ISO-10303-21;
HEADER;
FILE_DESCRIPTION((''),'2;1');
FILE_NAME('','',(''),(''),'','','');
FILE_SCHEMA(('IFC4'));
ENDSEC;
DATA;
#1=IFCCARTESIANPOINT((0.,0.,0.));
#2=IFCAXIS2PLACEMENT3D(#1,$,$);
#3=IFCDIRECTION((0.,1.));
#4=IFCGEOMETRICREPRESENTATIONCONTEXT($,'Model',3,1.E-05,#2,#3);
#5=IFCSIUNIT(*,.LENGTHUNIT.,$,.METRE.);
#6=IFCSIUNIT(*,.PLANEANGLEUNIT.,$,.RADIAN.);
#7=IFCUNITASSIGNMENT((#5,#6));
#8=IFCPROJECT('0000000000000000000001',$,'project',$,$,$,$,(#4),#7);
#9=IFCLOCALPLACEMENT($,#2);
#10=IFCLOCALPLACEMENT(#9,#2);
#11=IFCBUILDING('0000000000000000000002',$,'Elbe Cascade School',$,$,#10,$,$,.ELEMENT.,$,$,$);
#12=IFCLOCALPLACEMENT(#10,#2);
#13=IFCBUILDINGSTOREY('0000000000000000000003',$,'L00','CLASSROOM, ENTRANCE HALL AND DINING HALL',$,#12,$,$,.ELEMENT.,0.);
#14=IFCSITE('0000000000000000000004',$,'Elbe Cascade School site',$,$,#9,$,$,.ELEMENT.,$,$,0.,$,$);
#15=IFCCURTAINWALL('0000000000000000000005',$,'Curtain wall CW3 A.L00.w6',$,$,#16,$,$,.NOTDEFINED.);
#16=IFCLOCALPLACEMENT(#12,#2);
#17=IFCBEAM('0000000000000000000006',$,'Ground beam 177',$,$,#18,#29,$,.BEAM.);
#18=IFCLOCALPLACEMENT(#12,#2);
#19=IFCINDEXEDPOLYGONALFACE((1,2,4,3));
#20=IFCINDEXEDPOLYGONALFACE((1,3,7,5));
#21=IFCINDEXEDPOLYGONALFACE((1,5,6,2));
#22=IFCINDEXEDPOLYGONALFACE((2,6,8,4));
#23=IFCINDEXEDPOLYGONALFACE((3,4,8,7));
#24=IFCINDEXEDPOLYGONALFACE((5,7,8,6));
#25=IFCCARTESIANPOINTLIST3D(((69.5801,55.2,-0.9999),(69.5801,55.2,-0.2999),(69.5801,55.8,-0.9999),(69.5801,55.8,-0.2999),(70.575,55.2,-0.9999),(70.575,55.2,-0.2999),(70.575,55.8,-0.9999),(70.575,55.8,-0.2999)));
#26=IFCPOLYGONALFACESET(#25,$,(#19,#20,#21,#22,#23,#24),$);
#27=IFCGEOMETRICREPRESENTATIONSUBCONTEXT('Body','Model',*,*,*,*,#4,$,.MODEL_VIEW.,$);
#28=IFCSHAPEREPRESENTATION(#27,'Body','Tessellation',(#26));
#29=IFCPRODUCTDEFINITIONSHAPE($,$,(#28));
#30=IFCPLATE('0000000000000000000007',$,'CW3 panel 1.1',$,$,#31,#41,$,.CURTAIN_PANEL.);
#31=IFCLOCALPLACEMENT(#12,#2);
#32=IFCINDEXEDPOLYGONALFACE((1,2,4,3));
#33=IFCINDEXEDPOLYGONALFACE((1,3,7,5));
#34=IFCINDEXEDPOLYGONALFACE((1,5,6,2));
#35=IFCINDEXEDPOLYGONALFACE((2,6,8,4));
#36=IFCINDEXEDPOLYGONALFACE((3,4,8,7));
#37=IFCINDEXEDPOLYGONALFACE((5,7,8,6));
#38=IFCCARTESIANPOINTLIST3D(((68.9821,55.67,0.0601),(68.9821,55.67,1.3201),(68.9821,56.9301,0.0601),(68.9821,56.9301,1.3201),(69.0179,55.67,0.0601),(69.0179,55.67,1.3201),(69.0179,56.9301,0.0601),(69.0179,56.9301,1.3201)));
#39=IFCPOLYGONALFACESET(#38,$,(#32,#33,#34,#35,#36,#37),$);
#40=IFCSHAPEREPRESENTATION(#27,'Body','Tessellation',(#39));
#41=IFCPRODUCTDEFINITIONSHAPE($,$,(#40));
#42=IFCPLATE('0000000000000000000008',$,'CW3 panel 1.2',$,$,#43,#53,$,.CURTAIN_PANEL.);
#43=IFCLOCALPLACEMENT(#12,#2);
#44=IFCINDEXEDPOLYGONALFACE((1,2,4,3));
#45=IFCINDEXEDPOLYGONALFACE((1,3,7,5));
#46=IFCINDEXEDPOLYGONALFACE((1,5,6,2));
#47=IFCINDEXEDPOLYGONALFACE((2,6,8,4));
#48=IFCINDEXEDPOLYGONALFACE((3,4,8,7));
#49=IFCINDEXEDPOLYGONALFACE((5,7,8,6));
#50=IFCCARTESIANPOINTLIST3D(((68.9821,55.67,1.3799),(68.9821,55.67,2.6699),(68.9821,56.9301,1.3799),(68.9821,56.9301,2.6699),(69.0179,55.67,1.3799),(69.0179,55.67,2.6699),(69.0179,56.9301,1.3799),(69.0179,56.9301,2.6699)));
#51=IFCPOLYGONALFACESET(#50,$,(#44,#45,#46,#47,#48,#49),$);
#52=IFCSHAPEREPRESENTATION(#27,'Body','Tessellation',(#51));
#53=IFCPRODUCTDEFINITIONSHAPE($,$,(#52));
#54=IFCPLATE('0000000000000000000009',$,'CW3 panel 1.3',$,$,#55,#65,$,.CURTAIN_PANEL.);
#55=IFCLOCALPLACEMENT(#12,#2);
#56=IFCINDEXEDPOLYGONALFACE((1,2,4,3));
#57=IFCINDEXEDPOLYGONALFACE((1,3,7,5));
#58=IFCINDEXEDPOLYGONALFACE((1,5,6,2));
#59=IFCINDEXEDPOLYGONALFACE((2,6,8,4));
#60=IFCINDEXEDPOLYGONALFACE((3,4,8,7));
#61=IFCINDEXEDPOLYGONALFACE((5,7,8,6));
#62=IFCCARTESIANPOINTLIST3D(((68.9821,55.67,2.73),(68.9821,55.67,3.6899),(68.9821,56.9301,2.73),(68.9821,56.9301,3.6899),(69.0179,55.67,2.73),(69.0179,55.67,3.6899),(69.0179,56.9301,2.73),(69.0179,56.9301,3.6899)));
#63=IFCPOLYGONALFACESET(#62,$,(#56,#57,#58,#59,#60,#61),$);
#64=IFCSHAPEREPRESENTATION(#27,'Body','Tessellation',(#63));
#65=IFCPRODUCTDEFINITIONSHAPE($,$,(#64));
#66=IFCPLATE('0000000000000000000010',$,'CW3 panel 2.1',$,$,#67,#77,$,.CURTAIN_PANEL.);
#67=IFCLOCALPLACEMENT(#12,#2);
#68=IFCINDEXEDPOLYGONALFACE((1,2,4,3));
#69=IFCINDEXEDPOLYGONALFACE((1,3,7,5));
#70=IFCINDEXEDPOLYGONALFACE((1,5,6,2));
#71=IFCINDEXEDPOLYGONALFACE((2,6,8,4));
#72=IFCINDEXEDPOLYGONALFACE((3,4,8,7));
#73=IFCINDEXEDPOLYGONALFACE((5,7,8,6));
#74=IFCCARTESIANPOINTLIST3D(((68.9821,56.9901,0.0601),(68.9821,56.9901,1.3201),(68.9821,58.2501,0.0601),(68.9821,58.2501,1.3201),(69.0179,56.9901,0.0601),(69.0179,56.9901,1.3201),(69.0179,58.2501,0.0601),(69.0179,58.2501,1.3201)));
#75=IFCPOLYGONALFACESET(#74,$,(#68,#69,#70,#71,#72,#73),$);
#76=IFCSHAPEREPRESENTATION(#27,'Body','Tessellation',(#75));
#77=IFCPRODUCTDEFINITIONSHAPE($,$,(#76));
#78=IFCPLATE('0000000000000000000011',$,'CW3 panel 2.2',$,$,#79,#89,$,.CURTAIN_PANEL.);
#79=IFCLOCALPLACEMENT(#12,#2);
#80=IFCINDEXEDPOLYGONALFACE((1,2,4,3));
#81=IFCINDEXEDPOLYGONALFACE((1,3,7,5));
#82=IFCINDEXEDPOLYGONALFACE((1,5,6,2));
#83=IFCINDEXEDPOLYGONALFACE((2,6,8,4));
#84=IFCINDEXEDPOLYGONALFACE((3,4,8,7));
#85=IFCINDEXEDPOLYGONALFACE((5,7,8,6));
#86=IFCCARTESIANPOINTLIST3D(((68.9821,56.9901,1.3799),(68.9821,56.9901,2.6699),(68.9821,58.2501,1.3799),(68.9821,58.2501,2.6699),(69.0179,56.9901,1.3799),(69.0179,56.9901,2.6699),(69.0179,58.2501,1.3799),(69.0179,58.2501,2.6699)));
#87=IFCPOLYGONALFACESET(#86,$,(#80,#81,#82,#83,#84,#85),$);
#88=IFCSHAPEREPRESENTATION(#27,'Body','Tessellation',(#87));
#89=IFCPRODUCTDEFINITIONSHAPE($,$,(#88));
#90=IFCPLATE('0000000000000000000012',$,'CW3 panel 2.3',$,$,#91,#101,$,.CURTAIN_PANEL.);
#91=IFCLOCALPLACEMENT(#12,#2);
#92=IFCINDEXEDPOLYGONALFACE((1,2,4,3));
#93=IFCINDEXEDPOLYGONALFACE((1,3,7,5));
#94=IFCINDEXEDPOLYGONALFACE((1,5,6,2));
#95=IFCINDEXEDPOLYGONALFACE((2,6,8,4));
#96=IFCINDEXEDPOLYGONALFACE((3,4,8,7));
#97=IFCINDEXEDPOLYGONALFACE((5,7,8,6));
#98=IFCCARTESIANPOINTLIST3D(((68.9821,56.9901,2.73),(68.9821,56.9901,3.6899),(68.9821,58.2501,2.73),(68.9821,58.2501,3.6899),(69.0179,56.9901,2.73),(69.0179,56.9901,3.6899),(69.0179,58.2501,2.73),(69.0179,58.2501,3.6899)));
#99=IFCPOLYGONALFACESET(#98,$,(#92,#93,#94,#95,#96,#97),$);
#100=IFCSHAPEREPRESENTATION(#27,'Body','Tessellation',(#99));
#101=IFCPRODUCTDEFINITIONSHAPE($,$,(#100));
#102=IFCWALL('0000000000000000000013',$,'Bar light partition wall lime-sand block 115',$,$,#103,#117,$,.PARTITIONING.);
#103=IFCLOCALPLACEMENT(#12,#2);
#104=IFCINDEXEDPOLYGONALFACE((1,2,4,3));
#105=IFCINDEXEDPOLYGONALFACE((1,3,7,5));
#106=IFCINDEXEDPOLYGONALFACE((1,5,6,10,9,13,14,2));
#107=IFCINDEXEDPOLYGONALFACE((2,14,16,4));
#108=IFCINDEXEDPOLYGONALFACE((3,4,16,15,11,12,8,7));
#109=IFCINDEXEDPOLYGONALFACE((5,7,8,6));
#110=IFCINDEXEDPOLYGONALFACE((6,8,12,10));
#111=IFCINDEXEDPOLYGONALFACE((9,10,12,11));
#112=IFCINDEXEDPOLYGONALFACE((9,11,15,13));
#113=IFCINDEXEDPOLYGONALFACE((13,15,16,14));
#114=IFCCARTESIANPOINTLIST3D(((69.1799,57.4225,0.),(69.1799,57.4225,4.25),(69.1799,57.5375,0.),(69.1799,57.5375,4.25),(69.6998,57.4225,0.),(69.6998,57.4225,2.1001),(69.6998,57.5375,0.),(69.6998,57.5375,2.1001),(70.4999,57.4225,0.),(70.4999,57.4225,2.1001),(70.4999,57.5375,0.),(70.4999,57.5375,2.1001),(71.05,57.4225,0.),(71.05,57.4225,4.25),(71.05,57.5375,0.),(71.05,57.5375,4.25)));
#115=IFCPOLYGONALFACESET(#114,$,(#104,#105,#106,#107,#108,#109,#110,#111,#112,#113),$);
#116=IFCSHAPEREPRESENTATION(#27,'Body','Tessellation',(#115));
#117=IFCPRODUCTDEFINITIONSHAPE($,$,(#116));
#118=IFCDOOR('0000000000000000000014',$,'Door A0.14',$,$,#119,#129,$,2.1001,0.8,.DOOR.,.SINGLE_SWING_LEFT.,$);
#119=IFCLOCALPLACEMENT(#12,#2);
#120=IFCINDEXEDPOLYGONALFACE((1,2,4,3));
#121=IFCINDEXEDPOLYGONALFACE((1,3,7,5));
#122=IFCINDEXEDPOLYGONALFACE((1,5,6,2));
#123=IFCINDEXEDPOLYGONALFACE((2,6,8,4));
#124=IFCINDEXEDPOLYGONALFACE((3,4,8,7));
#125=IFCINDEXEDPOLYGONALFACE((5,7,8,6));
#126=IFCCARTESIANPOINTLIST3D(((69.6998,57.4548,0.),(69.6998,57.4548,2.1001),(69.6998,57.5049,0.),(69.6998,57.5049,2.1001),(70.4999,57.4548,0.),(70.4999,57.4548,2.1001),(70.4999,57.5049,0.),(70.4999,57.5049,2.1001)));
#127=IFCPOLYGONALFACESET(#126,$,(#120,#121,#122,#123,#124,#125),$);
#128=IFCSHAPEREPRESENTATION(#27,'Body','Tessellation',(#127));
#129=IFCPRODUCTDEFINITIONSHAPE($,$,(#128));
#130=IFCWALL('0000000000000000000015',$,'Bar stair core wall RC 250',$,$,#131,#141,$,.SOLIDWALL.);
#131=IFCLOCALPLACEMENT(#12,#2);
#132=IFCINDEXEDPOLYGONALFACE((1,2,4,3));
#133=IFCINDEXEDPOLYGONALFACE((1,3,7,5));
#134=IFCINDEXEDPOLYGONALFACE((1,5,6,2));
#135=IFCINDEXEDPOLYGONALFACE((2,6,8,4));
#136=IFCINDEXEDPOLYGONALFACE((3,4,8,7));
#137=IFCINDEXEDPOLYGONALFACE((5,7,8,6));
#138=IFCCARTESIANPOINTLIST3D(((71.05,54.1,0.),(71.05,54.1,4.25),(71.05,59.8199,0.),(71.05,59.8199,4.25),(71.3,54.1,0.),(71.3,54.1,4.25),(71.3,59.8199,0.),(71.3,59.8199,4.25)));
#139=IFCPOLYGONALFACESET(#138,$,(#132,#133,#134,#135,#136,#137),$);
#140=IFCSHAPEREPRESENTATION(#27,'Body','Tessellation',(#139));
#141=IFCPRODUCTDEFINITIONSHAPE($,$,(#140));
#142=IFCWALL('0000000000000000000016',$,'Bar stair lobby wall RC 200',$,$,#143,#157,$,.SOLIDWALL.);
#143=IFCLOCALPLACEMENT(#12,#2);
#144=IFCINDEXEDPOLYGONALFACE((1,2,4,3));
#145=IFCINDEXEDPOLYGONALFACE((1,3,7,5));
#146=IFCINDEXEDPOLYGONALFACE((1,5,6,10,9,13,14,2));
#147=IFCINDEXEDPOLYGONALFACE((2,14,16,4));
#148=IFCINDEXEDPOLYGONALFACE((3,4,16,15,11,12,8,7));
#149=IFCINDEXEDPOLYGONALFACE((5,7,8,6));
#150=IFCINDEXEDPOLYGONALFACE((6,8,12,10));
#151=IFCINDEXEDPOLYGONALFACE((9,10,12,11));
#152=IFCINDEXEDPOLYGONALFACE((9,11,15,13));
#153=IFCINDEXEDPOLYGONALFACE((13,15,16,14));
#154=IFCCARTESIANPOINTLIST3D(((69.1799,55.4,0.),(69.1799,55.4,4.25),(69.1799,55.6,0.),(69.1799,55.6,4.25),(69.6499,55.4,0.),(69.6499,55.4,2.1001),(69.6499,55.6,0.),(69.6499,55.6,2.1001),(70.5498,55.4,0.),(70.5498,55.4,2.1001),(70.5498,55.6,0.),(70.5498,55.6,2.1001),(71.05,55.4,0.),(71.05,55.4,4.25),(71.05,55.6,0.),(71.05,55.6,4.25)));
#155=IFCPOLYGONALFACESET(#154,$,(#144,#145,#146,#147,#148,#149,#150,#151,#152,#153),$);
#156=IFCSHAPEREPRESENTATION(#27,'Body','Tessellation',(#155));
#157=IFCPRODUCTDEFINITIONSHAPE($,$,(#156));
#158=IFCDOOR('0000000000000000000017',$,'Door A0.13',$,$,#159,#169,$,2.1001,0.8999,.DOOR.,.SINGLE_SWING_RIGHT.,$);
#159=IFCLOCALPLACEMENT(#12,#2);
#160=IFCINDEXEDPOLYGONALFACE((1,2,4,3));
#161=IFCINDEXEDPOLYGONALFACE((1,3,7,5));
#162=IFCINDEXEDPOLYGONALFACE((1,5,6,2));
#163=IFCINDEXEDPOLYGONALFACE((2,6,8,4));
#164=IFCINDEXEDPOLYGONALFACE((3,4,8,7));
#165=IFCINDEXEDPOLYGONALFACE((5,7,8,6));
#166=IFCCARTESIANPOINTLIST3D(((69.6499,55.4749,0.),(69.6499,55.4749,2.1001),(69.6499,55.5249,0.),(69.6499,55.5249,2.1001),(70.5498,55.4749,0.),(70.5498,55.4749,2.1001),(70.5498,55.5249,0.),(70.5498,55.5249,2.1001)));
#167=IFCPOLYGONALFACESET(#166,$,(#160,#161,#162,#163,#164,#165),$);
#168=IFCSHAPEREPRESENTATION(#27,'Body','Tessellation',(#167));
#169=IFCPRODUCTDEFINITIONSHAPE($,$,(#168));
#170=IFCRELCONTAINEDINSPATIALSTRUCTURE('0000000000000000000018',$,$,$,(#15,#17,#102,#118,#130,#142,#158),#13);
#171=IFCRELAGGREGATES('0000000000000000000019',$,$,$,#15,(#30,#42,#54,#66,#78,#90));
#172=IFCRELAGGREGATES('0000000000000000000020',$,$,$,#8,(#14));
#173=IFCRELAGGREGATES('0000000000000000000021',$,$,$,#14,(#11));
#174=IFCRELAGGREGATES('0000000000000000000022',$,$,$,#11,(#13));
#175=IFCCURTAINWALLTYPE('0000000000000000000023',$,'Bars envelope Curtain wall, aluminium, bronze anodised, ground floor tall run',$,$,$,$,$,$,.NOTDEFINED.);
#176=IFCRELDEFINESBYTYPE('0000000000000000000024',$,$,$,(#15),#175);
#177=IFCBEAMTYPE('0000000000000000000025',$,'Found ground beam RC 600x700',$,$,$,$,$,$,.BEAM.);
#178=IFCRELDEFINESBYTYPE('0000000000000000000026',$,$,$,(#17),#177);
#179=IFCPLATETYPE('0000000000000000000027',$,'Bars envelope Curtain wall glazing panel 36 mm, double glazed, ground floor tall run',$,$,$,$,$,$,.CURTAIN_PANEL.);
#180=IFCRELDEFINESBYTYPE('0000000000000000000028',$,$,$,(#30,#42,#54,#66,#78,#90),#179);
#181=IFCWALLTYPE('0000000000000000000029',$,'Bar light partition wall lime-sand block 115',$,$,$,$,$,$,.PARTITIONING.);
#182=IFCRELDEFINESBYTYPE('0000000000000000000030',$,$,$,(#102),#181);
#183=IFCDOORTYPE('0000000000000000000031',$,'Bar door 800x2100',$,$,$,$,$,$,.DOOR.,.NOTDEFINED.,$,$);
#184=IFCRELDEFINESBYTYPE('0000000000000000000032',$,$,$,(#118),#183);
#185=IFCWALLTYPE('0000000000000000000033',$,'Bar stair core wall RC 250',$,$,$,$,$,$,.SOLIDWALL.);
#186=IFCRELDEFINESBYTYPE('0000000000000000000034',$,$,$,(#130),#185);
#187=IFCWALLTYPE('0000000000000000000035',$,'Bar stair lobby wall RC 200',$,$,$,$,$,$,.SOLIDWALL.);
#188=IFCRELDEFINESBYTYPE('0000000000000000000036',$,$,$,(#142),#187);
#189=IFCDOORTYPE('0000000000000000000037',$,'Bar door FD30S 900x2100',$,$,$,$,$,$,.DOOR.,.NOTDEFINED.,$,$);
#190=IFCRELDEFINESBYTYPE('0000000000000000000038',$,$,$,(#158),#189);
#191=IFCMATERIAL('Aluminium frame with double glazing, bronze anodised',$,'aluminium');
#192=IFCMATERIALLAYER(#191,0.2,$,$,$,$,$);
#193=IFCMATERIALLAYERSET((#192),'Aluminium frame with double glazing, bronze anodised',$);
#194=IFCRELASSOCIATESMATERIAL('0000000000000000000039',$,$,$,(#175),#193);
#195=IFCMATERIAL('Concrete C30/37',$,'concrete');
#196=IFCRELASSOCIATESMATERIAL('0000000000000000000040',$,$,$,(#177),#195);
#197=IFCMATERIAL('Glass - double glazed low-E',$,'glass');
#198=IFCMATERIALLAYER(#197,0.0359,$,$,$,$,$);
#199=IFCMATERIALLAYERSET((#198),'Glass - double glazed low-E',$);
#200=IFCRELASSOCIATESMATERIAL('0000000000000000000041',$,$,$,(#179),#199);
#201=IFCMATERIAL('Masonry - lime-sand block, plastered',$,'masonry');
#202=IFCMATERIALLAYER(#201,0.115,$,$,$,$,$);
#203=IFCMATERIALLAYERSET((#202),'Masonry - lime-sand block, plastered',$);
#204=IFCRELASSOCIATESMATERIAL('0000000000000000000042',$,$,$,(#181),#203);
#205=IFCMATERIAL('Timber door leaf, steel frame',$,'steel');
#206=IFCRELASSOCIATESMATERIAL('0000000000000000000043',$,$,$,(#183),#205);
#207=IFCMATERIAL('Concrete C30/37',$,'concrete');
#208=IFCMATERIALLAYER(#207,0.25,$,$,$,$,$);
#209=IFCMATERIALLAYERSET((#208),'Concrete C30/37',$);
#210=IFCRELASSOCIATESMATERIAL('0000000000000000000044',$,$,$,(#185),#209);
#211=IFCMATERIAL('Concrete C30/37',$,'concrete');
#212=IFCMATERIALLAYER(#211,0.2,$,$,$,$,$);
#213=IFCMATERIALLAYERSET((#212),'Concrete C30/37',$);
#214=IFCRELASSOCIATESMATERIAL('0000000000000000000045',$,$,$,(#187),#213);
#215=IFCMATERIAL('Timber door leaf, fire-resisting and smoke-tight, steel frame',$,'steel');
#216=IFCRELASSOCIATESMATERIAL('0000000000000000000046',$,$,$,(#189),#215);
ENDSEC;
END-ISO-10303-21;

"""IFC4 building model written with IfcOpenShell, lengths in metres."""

from ifc_helpers import new_model, si_unit, direction, frame, frame_2d, origin, origin_2d, place, context, subcontext, project, spatial, rectangle, extrude, material, layer, layer_set, material_profile, profile_set, type_object, element, fill, aggregate, save


model = new_model("IFC4")

# Units and contexts
model_context = context("Model", 3, precision=1e-05, world=origin(), true_north=direction((0.0, 1.0)))
body_context = subcontext(model_context, "Body", "Model", "MODEL_VIEW")
ifc_project = project(units=[si_unit("LENGTHUNIT", "METRE"), si_unit("PLANEANGLEUNIT", "RADIAN")], contexts=[model_context])

# Site, building, storey
site_placement = place(None, origin())
site = spatial("IfcSite", under=ifc_project, at=site_placement, Name="Elbe Cascade School site", CompositionType="ELEMENT", RefElevation=0.0)
building_placement = place(site_placement, origin())
building = spatial("IfcBuilding", under=site, at=building_placement, Name="Elbe Cascade School", CompositionType="ELEMENT")
storey_placement = place(building_placement, origin())
storey = spatial("IfcBuildingStorey", under=building, at=storey_placement, Name="L00", Description="CLASSROOM, ENTRANCE HALL AND DINING HALL", CompositionType="ELEMENT", Elevation=0.0)

# Curtain wall
ifc_material_1 = material(Name="Aluminium frame with double glazing, bronze anodised", Category="aluminium")
ifc_layer_1 = layer(ifc_material_1, 0.2)
ifc_layer_set_1 = layer_set([ifc_layer_1], Name="Aluminium frame with double glazing, bronze anodised")
curtain_wall_type = type_object("IfcCurtainWallType", Name="Bars envelope Curtain wall, aluminium, bronze anodised, ground floor tall run", PredefinedType="NOTDEFINED", material=ifc_layer_set_1)
curtain_wall_placement = place(storey_placement, origin())
curtain_wall = element("IfcCurtainWall", 1, at=curtain_wall_placement, inside=storey, type_object=curtain_wall_type, Name="Curtain wall CW3 A.L00.w6", PredefinedType="NOTDEFINED")

# Beam
ifc_material_2 = material(Name="Concrete C30/37", Category="concrete")
ifc_material_profile_1 = material_profile(ifc_material_2, rectangle(XDim=0.6001, YDim=0.7, at=origin_2d()), Name="RC 600x700")
ifc_profile_set_1 = profile_set([ifc_material_profile_1], Name="Concrete C30/37")
beam_type = type_object("IfcBeamType", Name="Found ground beam RC 600x700", PredefinedType="BEAM", material=ifc_profile_set_1)
beam_placement = place(storey_placement, frame((69.5801, 55.5, -0.6499), z_axis=(1.0, 0.0, 0.0), x_axis=(0.0, 1.0, 0.0)))
element("IfcBeam", 2, at=beam_placement, inside=storey, type_object=beam_type, Name="Ground beam 177", PredefinedType="BEAM", context=body_context, shape_type="SweptSolid", body=[
    extrude(rectangle(XDim=0.6001, YDim=0.7, at=origin_2d()), origin(), (0.0, 0.0, 1.0), 0.9949),
])

# Plates
ifc_material_3 = material(Name="Glass - double glazed low-E", Category="glass")
ifc_layer_2 = layer(ifc_material_3, 0.0359)
ifc_layer_set_2 = layer_set([ifc_layer_2], Name="Glass - double glazed low-E")
plate_type = type_object("IfcPlateType", Name="Bars envelope Curtain wall glazing panel 36 mm, double glazed, ground floor tall run", PredefinedType="CURTAIN_PANEL", material=ifc_layer_set_2)
plate_1_placement = place(storey_placement, frame((69.0, 56.3, 0.0601), z_axis=(0.0, 0.0, 1.0), x_axis=(0.0, 1.0, 0.0)))
plate_1 = element("IfcPlate", 3, at=plate_1_placement, type_object=plate_type, Name="CW3 panel 1.1", PredefinedType="CURTAIN_PANEL", context=body_context, shape_type="SweptSolid", body=[
    extrude(rectangle(XDim=1.26, YDim=0.0359, at=origin_2d()), origin(), (0.0, 0.0, 1.0), 1.26),
])
plate_2_placement = place(storey_placement, frame((69.0, 56.3, 1.3799), z_axis=(0.0, 0.0, 1.0), x_axis=(0.0, 1.0, 0.0)))
plate_2 = element("IfcPlate", 4, at=plate_2_placement, type_object=plate_type, Name="CW3 panel 1.2", PredefinedType="CURTAIN_PANEL", context=body_context, shape_type="SweptSolid", body=[
    extrude(rectangle(XDim=1.26, YDim=0.0359, at=origin_2d()), origin(), (0.0, 0.0, 1.0), 1.29),
])
plate_3_placement = place(storey_placement, frame((69.0, 56.3, 2.73), z_axis=(0.0, 0.0, 1.0), x_axis=(0.0, 1.0, 0.0)))
plate_3 = element("IfcPlate", 5, at=plate_3_placement, type_object=plate_type, Name="CW3 panel 1.3", PredefinedType="CURTAIN_PANEL", context=body_context, shape_type="SweptSolid", body=[
    extrude(rectangle(XDim=1.26, YDim=0.0359, at=origin_2d()), origin(), (0.0, 0.0, 1.0), 0.96),
])
plate_4_placement = place(storey_placement, frame((69.0, 57.6201, 0.0601), z_axis=(0.0, 0.0, 1.0), x_axis=(0.0, 1.0, 0.0)))
plate_4 = element("IfcPlate", 6, at=plate_4_placement, type_object=plate_type, Name="CW3 panel 2.1", PredefinedType="CURTAIN_PANEL", context=body_context, shape_type="SweptSolid", body=[
    extrude(rectangle(XDim=1.26, YDim=0.0359, at=origin_2d()), origin(), (0.0, 0.0, 1.0), 1.26),
])
plate_5_placement = place(storey_placement, frame((69.0, 57.6201, 1.3799), z_axis=(0.0, 0.0, 1.0), x_axis=(0.0, 1.0, 0.0)))
plate_5 = element("IfcPlate", 7, at=plate_5_placement, type_object=plate_type, Name="CW3 panel 2.2", PredefinedType="CURTAIN_PANEL", context=body_context, shape_type="SweptSolid", body=[
    extrude(rectangle(XDim=1.26, YDim=0.0359, at=origin_2d()), origin(), (0.0, 0.0, 1.0), 1.29),
])
plate_6_placement = place(storey_placement, frame((69.0, 57.6201, 2.73), z_axis=(0.0, 0.0, 1.0), x_axis=(0.0, 1.0, 0.0)))
plate_6 = element("IfcPlate", 8, at=plate_6_placement, type_object=plate_type, Name="CW3 panel 2.3", PredefinedType="CURTAIN_PANEL", context=body_context, shape_type="SweptSolid", body=[
    extrude(rectangle(XDim=1.26, YDim=0.0359, at=origin_2d()), origin(), (0.0, 0.0, 1.0), 0.96),
])
aggregate(curtain_wall, [plate_1, plate_2, plate_3, plate_4, plate_5, plate_6])

# Wall, opening, door
ifc_material_4 = material(Name="Masonry - lime-sand block, plastered", Category="masonry")
ifc_layer_3 = layer(ifc_material_4, 0.115)
ifc_layer_set_3 = layer_set([ifc_layer_3], Name="Masonry - lime-sand block, plastered")
wall_type_1 = type_object("IfcWallType", Name="Bar light partition wall lime-sand block 115", PredefinedType="PARTITIONING", material=ifc_layer_set_3)
wall_1_placement = place(storey_placement, frame((69.1799, 57.48, 0.0), z_axis=(0.0, 0.0, 1.0), x_axis=(1.0, 0.0, 0.0)))
wall_1 = element("IfcWall", 9, at=wall_1_placement, inside=storey, type_object=wall_type_1, Name="Bar light partition wall lime-sand block 115", PredefinedType="PARTITIONING", context=body_context, shape_type="SweptSolid", body=[
    extrude(rectangle(XDim=1.8701, YDim=0.115, at=frame_2d((0.9351, 0.0))), origin(), (0.0, 0.0, 1.0), 4.25),
])
opening_1_placement = place(wall_1_placement, frame((0.52, 0.0, 0.0)))
opening_1 = element("IfcOpeningElement", 10, at=opening_1_placement, cuts=wall_1, PredefinedType="OPENING", context=body_context, shape_type="SweptSolid", body=[
    extrude(rectangle(XDim=0.8, YDim=2.1001, at=frame_2d((0.3999, 1.05))), frame((0.0, 0.0674, 0.0), z_axis=(0.0, -1.0, 0.0), x_axis=(1.0, 0.0, 0.0)), (0.0, 0.0, 1.0), 0.135),
])
ifc_material_5 = material(Name="Timber door leaf, steel frame", Category="steel")
door_type_1 = type_object("IfcDoorType", Name="Bar door 800x2100", OperationType="NOTDEFINED", PredefinedType="DOOR", material=ifc_material_5)
door_1_placement = place(opening_1_placement, origin())
door_1 = element("IfcDoor", 11, at=door_1_placement, inside=storey, type_object=door_type_1, Name="Door A0.14", OperationType="SINGLE_SWING_LEFT", OverallHeight=2.1001, OverallWidth=0.8, PredefinedType="DOOR", context=body_context, shape_type="SweptSolid", body=[
    extrude(rectangle(XDim=0.8, YDim=2.1001, at=frame_2d((0.3999, 1.05))), frame((0.0, 0.0249, 0.0), z_axis=(0.0, -1.0, 0.0), x_axis=(1.0, 0.0, 0.0)), (0.0, 0.0, 1.0), 0.05),
])
fill(opening_1, door_1)

# Wall
ifc_material_6 = material(Name="Concrete C30/37", Category="concrete")
ifc_layer_4 = layer(ifc_material_6, 0.25)
ifc_layer_set_4 = layer_set([ifc_layer_4], Name="Concrete C30/37")
wall_type_2 = type_object("IfcWallType", Name="Bar stair core wall RC 250", PredefinedType="SOLIDWALL", material=ifc_layer_set_4)
wall_2_placement = place(storey_placement, frame((71.175, 54.1001, 0.0), z_axis=(0.0, 0.0, 1.0), x_axis=(0.0, 1.0, 0.0)))
element("IfcWall", 12, at=wall_2_placement, inside=storey, type_object=wall_type_2, Name="Bar stair core wall RC 250", PredefinedType="SOLIDWALL", context=body_context, shape_type="SweptSolid", body=[
    extrude(rectangle(XDim=5.72, YDim=0.25, at=frame_2d((2.8599, 0.0))), origin(), (0.0, 0.0, 1.0), 4.25),
])

# Wall, opening, door
ifc_material_7 = material(Name="Concrete C30/37", Category="concrete")
ifc_layer_5 = layer(ifc_material_7, 0.2)
ifc_layer_set_5 = layer_set([ifc_layer_5], Name="Concrete C30/37")
wall_type_3 = type_object("IfcWallType", Name="Bar stair lobby wall RC 200", PredefinedType="SOLIDWALL", material=ifc_layer_set_5)
wall_3_placement = place(storey_placement, frame((69.1799, 55.5, 0.0), z_axis=(0.0, 0.0, 1.0), x_axis=(1.0, 0.0, 0.0)))
wall_3 = element("IfcWall", 13, at=wall_3_placement, inside=storey, type_object=wall_type_3, Name="Bar stair lobby wall RC 200", PredefinedType="SOLIDWALL", context=body_context, shape_type="SweptSolid", body=[
    extrude(rectangle(XDim=1.8701, YDim=0.2, at=frame_2d((0.9351, 0.0))), origin(), (0.0, 0.0, 1.0), 4.25),
])
opening_2_placement = place(wall_3_placement, frame((0.47, 0.0, 0.0)))
opening_2 = element("IfcOpeningElement", 14, at=opening_2_placement, cuts=wall_3, PredefinedType="OPENING", context=body_context, shape_type="SweptSolid", body=[
    extrude(rectangle(XDim=0.8999, YDim=2.1001, at=frame_2d((0.45, 1.05))), frame((0.0, 0.1099, 0.0), z_axis=(0.0, -1.0, 0.0), x_axis=(1.0, 0.0, 0.0)), (0.0, 0.0, 1.0), 0.22),
])
ifc_material_8 = material(Name="Timber door leaf, fire-resisting and smoke-tight, steel frame", Category="steel")
door_type_2 = type_object("IfcDoorType", Name="Bar door FD30S 900x2100", OperationType="NOTDEFINED", PredefinedType="DOOR", material=ifc_material_8)
door_2_placement = place(opening_2_placement, origin())
door_2 = element("IfcDoor", 15, at=door_2_placement, inside=storey, type_object=door_type_2, Name="Door A0.13", OperationType="SINGLE_SWING_RIGHT", OverallHeight=2.1001, OverallWidth=0.8999, PredefinedType="DOOR", context=body_context, shape_type="SweptSolid", body=[
    extrude(rectangle(XDim=0.8999, YDim=2.1001, at=frame_2d((0.45, 1.05))), frame((0.0, 0.0249, 0.0), z_axis=(0.0, -1.0, 0.0), x_axis=(1.0, 0.0, 0.0)), (0.0, 0.0, 1.0), 0.05),
])
fill(opening_2, door_2)

save(model, "model.ifc")
